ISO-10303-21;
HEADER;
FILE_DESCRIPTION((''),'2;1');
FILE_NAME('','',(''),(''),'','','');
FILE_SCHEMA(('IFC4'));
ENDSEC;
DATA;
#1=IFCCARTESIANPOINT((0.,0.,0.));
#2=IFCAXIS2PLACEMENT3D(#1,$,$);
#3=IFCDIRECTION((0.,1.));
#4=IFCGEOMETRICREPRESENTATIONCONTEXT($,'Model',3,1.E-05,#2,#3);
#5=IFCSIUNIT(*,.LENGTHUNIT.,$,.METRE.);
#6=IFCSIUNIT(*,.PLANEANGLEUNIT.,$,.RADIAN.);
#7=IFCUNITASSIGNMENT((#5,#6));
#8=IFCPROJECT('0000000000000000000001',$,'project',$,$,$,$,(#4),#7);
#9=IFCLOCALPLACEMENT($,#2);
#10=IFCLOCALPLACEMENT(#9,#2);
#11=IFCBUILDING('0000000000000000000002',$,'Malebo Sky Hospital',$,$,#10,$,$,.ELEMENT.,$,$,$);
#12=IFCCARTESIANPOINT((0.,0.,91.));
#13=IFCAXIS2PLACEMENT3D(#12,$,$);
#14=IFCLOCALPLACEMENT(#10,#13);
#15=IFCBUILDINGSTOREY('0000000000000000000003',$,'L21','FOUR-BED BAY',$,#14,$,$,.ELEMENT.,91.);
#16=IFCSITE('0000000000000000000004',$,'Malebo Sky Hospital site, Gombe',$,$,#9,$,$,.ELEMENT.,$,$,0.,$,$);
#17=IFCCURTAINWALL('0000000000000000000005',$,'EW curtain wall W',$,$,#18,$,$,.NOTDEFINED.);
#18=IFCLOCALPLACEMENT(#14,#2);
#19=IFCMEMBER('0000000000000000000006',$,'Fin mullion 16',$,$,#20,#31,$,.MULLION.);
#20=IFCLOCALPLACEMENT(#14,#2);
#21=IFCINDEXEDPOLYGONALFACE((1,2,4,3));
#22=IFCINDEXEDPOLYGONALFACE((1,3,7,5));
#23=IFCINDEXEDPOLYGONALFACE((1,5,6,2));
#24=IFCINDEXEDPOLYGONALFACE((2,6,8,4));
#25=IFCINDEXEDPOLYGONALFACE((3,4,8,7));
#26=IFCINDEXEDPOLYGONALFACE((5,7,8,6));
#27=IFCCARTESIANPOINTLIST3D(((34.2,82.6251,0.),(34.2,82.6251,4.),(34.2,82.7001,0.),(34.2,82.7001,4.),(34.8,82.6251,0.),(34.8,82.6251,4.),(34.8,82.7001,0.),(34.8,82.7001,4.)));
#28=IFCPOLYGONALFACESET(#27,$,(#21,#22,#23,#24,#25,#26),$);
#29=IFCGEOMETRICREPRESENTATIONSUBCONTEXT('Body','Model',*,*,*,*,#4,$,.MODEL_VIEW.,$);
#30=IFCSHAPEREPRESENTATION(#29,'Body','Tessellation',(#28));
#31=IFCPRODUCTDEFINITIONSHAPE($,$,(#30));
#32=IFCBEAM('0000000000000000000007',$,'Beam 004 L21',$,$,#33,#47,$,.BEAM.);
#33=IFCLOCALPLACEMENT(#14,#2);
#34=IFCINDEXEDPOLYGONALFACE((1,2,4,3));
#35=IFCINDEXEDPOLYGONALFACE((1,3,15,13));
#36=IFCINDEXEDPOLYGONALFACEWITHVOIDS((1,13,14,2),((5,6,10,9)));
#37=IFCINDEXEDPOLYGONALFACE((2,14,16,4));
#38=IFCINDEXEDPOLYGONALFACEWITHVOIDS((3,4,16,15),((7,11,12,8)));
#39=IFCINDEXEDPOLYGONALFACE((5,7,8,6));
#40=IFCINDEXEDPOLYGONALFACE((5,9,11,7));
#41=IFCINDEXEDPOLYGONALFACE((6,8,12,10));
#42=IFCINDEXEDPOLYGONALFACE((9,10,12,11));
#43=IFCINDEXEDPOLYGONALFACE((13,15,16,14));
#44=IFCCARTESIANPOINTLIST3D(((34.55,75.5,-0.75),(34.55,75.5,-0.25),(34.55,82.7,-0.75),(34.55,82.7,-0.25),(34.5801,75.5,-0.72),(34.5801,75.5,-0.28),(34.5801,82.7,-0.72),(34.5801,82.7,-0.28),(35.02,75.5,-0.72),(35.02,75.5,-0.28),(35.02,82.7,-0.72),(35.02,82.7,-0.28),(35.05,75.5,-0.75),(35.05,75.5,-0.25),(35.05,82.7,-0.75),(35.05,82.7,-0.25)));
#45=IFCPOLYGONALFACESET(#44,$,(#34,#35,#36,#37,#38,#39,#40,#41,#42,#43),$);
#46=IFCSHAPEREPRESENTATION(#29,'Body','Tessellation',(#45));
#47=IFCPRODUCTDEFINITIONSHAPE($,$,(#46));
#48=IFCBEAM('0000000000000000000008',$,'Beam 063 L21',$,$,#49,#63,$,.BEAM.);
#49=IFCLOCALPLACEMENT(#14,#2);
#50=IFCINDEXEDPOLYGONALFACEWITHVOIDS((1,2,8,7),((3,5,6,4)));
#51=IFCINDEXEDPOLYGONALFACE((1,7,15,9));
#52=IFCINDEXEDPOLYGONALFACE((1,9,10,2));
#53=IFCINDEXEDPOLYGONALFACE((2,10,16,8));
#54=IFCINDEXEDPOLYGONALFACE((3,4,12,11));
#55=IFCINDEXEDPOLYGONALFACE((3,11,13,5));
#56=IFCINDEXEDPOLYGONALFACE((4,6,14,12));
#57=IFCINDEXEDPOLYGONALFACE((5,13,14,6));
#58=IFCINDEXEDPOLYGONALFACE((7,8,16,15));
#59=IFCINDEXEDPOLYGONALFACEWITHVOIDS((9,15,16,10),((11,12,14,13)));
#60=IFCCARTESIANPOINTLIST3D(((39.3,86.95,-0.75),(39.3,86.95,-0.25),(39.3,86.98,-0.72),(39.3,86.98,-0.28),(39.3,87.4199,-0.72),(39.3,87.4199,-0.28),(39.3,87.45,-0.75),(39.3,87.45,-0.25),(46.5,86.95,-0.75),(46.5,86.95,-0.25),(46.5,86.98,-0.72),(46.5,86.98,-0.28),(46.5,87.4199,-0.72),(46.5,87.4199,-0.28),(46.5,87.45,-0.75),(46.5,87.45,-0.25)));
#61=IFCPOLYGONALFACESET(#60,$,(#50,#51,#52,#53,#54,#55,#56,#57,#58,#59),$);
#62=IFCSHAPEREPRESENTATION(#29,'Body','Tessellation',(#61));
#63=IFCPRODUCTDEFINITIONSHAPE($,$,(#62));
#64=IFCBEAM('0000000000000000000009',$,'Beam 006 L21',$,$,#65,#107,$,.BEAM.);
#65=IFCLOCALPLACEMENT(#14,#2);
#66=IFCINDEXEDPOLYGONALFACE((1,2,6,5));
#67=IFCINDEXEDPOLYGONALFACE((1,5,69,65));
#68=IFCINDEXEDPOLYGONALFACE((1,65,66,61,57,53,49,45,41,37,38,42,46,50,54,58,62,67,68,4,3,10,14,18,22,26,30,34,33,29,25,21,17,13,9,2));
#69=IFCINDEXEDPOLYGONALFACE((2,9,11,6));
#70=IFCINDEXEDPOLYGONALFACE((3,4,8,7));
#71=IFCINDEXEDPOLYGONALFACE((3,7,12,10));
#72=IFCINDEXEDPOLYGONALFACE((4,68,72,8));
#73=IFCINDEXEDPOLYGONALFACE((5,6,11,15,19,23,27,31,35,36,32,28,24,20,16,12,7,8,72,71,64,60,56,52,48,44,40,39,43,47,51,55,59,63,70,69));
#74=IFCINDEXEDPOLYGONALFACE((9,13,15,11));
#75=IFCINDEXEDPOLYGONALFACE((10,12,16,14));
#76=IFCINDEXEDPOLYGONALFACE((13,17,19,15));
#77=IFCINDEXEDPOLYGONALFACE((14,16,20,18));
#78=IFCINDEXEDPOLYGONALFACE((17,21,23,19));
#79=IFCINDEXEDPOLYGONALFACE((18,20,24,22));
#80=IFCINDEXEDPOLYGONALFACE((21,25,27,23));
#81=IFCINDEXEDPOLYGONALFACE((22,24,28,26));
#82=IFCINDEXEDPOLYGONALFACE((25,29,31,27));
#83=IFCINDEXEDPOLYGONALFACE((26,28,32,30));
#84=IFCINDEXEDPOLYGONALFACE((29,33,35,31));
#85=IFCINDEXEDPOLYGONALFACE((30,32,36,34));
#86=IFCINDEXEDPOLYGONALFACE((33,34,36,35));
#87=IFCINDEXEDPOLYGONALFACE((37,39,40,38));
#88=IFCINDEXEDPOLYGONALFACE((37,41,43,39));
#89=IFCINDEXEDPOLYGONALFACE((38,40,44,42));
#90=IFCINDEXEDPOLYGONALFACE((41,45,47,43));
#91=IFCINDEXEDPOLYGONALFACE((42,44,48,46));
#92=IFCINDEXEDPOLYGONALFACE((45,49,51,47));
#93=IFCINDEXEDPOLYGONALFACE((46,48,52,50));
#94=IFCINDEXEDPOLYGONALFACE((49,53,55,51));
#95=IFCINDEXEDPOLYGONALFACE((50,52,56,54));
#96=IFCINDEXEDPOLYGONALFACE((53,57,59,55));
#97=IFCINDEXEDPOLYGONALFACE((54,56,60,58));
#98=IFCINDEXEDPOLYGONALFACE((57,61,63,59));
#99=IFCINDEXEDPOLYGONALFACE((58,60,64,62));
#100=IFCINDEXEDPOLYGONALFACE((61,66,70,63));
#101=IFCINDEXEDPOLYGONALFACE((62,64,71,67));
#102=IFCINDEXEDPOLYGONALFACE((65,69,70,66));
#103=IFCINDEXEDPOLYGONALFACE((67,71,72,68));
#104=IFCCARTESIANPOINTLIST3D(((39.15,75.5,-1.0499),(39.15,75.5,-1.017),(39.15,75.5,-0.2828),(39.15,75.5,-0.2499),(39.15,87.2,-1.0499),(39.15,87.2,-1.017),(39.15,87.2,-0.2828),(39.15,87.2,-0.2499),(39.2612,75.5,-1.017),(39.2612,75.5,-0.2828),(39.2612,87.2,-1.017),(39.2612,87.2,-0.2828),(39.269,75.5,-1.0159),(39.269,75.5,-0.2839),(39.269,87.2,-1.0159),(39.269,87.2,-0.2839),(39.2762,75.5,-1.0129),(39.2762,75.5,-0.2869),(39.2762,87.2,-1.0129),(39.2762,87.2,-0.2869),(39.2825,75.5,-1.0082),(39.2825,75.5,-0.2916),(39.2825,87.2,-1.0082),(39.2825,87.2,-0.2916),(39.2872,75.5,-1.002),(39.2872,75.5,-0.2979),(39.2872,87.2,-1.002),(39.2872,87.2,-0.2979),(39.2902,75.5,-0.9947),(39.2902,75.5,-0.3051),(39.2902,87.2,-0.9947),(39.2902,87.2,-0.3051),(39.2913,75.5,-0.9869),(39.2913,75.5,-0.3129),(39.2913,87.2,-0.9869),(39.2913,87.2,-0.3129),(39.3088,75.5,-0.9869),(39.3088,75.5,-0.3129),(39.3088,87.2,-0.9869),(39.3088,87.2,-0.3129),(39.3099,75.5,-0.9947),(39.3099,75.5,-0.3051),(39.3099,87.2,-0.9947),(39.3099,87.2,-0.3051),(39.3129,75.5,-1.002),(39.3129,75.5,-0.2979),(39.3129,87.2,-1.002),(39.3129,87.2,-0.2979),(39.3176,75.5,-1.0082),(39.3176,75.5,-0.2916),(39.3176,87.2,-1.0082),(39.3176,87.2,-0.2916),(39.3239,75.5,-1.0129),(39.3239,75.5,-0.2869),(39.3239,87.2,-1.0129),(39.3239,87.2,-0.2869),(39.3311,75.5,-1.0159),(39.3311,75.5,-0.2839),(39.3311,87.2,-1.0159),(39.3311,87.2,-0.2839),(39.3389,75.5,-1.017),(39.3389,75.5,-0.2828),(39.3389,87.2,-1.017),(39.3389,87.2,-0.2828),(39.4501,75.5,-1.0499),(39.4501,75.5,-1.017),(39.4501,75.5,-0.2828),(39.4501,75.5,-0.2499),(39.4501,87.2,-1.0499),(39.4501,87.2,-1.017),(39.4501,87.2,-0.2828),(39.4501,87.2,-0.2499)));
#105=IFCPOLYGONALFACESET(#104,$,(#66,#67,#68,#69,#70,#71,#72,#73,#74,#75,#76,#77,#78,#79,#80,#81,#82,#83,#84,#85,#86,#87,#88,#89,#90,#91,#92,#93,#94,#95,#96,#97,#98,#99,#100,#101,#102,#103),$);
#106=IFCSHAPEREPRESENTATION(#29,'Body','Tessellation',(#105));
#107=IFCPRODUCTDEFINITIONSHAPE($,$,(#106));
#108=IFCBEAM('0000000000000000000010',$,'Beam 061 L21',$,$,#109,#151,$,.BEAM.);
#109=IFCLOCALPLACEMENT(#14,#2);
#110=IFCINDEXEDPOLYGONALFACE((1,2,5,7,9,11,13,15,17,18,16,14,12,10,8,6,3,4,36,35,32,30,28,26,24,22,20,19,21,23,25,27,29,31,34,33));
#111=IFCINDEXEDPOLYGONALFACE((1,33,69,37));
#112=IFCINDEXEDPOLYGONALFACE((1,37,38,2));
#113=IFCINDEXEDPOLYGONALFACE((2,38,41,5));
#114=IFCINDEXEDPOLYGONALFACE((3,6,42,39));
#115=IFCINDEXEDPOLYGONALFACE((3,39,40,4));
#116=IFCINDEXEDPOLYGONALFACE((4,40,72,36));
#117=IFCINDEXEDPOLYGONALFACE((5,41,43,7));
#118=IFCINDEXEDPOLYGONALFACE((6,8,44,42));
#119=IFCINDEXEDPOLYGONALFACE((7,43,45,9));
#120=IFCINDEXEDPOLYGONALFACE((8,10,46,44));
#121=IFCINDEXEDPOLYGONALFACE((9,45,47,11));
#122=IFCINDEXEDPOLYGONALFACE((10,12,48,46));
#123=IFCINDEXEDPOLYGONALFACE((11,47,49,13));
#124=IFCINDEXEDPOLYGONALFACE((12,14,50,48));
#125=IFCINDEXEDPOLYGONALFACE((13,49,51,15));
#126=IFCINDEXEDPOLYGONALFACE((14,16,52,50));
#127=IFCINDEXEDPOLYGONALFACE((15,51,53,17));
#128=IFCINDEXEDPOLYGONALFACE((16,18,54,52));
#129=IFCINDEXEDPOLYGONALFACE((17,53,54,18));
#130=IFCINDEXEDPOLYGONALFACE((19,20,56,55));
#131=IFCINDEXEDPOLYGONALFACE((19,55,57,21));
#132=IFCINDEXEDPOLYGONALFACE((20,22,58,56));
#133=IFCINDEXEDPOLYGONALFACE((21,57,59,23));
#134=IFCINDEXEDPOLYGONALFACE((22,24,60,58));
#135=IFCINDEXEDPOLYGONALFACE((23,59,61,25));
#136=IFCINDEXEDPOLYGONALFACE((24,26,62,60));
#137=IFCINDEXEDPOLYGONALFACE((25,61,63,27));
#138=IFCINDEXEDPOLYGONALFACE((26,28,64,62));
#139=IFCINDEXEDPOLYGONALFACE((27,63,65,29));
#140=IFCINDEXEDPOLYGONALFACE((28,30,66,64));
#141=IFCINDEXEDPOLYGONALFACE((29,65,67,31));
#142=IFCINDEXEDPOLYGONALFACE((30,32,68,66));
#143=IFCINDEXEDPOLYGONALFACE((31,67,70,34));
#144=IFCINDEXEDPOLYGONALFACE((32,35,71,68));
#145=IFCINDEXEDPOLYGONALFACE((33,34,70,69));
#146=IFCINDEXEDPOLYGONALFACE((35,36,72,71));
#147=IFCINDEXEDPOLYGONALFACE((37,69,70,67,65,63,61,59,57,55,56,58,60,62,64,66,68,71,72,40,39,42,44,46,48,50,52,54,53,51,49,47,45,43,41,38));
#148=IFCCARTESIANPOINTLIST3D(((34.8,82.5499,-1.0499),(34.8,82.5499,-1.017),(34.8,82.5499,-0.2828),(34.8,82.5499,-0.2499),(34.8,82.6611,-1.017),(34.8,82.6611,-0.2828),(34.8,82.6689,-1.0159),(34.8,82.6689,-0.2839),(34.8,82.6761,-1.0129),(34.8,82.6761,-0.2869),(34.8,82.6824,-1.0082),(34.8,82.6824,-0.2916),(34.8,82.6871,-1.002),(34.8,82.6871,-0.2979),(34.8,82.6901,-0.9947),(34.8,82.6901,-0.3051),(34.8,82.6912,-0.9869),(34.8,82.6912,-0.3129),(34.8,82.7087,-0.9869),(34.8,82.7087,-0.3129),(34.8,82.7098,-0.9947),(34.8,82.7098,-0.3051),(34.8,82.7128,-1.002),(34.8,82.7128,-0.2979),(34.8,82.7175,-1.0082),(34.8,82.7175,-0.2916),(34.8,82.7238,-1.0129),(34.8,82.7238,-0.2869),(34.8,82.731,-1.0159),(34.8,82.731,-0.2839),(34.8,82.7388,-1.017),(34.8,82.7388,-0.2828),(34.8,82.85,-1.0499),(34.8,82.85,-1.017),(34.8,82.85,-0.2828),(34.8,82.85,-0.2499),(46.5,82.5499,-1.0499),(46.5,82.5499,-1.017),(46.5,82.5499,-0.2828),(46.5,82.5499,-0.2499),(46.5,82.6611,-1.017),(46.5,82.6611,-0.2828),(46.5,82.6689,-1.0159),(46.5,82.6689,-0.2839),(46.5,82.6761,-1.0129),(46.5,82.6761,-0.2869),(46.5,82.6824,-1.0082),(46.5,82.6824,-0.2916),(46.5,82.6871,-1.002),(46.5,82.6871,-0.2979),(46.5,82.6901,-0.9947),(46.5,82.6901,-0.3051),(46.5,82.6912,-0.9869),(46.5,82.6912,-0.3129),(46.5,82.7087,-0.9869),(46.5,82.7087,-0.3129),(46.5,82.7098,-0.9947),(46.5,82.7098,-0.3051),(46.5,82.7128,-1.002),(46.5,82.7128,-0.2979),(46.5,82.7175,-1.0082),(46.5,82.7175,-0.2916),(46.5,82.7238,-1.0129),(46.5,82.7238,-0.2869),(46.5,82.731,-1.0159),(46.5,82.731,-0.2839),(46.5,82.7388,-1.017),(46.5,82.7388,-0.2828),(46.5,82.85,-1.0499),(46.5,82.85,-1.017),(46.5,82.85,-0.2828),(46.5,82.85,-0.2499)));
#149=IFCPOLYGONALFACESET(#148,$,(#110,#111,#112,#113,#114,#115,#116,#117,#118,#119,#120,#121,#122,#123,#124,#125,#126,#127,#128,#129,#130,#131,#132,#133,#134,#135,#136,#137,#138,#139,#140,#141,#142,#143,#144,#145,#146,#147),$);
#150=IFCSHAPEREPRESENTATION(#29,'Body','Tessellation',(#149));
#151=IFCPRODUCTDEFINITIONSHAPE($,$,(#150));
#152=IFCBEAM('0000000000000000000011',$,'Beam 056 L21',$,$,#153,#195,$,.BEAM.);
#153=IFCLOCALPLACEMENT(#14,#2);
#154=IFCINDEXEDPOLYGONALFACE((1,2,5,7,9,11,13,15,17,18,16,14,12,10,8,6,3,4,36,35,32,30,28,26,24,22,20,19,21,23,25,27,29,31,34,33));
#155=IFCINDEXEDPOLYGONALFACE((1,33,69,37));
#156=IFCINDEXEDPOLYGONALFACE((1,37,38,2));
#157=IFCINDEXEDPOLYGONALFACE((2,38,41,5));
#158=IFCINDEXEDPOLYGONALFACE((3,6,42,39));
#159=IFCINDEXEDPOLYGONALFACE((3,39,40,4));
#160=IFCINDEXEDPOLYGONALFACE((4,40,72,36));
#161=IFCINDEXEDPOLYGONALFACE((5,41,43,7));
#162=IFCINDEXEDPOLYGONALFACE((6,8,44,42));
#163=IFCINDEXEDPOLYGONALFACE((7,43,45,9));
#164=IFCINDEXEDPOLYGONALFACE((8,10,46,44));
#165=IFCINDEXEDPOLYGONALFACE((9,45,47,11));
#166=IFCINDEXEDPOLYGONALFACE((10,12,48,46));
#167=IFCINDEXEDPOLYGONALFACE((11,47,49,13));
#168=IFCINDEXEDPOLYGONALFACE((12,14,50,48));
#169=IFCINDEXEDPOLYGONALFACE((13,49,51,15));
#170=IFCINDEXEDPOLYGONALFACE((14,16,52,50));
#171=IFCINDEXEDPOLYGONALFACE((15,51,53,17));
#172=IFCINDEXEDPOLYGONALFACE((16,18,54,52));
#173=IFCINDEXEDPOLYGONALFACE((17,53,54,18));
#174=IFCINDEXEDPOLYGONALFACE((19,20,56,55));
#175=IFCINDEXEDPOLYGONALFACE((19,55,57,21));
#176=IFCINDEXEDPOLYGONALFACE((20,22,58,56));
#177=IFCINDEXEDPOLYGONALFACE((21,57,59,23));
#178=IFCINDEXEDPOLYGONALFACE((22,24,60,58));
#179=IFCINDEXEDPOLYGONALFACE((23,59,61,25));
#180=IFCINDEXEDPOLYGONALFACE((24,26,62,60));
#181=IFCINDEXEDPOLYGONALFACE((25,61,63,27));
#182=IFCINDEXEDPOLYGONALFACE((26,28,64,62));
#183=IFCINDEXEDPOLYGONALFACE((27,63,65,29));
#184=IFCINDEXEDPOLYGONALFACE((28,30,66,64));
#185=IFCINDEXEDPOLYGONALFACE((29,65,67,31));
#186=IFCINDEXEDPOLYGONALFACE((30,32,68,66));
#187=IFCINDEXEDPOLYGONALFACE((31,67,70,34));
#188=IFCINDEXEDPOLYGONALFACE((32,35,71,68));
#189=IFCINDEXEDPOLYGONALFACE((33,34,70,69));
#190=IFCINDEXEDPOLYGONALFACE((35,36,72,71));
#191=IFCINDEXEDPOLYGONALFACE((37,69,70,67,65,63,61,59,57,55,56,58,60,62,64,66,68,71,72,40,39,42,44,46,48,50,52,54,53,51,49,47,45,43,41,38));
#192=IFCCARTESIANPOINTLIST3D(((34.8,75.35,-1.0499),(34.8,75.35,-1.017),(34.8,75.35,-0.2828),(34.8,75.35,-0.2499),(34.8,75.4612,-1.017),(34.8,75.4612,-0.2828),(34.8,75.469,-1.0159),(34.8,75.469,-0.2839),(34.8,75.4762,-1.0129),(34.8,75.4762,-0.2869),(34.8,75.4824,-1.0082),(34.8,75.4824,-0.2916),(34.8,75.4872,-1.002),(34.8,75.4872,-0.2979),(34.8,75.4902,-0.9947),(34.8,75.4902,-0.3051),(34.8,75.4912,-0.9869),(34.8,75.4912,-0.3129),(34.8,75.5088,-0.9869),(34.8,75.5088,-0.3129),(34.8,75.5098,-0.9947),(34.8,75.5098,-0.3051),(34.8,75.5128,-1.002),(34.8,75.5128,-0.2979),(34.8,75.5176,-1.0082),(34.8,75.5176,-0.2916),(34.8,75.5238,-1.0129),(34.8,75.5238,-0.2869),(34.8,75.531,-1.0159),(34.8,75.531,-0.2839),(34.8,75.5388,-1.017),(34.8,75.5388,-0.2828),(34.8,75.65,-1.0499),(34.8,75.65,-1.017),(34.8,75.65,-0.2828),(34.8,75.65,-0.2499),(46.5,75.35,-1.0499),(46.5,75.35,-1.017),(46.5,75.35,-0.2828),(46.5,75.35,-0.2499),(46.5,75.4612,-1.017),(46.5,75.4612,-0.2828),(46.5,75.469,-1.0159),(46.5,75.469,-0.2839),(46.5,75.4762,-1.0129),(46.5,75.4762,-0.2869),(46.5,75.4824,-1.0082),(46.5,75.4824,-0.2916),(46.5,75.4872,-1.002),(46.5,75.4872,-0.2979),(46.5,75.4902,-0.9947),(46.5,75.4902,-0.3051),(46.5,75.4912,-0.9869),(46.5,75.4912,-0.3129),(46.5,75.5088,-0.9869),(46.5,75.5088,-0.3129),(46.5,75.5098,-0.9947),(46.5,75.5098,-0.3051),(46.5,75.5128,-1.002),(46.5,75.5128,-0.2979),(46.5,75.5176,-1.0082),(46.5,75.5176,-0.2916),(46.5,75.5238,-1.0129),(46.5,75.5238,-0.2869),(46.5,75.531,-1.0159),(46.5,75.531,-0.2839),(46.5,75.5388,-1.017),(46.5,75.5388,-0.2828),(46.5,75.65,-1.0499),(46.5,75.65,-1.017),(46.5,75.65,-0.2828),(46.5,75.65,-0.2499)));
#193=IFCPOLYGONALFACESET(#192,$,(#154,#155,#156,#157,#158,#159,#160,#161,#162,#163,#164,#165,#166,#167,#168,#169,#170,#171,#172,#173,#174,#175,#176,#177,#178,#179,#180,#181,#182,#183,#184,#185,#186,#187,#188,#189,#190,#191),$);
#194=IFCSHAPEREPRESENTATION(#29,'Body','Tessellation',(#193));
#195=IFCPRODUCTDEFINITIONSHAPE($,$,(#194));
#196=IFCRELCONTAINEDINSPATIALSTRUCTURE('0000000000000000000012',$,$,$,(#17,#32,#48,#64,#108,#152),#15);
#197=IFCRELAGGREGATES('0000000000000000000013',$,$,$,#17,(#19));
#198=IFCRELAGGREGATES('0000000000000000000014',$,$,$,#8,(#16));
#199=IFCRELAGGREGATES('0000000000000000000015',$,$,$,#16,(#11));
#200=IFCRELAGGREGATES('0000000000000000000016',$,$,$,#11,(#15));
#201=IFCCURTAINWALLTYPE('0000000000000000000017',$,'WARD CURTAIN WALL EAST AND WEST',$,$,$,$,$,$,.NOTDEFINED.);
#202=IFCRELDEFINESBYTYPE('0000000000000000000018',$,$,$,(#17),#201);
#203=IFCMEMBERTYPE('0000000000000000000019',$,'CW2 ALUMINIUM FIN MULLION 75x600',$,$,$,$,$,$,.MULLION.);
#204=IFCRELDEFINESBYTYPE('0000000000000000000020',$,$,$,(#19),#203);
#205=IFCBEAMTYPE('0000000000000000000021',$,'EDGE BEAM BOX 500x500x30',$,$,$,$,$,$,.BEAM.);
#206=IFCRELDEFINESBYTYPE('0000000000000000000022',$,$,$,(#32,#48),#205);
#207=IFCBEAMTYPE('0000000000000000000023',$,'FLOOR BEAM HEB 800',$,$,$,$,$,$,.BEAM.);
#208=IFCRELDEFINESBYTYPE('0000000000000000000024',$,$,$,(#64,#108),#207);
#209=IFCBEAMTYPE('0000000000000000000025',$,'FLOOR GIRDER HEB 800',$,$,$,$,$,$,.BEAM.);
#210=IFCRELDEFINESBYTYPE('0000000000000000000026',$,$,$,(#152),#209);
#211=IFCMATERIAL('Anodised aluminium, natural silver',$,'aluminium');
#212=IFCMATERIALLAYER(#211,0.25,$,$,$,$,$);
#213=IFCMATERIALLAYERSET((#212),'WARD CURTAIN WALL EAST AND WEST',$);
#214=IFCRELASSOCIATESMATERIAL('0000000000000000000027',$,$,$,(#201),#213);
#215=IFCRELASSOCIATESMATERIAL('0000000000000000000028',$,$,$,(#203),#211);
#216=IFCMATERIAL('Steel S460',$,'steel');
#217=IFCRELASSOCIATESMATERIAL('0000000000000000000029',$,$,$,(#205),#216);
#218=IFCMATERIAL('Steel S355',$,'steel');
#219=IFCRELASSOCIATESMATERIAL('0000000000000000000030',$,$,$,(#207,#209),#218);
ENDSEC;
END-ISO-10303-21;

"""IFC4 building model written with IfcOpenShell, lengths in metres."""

from ifc_helpers import new_model, si_unit, direction, frame, origin, origin_2d, place, context, subcontext, project, spatial, rectangle, hollow_rectangle, i_section, extrude, material, layer, layer_set, material_profile, profile_set, type_object, element, aggregate, save


model = new_model("IFC4")

# Units and contexts
model_context = context("Model", 3, precision=1e-05, world=origin(), true_north=direction((0.0, 1.0)))
body_context = subcontext(model_context, "Body", "Model", "MODEL_VIEW")
ifc_project = project(units=[si_unit("LENGTHUNIT", "METRE"), si_unit("PLANEANGLEUNIT", "RADIAN")], contexts=[model_context])

# Site, building, storey
site_placement = place(None, origin())
site = spatial("IfcSite", under=ifc_project, at=site_placement, Name="Malebo Sky Hospital site, Gombe", CompositionType="ELEMENT", RefElevation=0.0)
building_placement = place(site_placement, origin())
building = spatial("IfcBuilding", under=site, at=building_placement, Name="Malebo Sky Hospital", CompositionType="ELEMENT")
storey_placement = place(building_placement, frame((0.0, 0.0, 91.0)))
storey = spatial("IfcBuildingStorey", under=building, at=storey_placement, Name="L21", Description="FOUR-BED BAY", CompositionType="ELEMENT", Elevation=91.0)

# Shared definitions
ifc_material_1 = material(Name="Steel S460", Category="steel")

# Shared definitions
ifc_material_2 = material(Name="Anodised aluminium, natural silver", Category="aluminium")

# Curtain wall
ifc_layer_1 = layer(ifc_material_2, 0.25)
ifc_layer_set_1 = layer_set([ifc_layer_1], Name="WARD CURTAIN WALL EAST AND WEST")
curtain_wall_type_1 = type_object("IfcCurtainWallType", Name="WARD CURTAIN WALL EAST AND WEST", PredefinedType="NOTDEFINED", material=ifc_layer_set_1)
curtain_wall_1_placement = place(storey_placement, origin())
curtain_wall_1 = element("IfcCurtainWall", 1, at=curtain_wall_1_placement, inside=storey, type_object=curtain_wall_type_1, Name="EW curtain wall W", PredefinedType="NOTDEFINED")

# Shared definitions
ifc_material_3 = material(Name="Steel S355", Category="steel")

# Member
ifc_material_profile_1 = material_profile(ifc_material_2, rectangle(XDim=0.075, YDim=0.6001, at=origin_2d()), Name="CW2 ALUMINIUM FIN MULLION 75x600")
ifc_profile_set_1 = profile_set([ifc_material_profile_1], Name="Anodised aluminium, natural silver")
member_type_1 = type_object("IfcMemberType", Name="CW2 ALUMINIUM FIN MULLION 75x600", PredefinedType="MULLION", material=ifc_profile_set_1)
member_1_placement = place(storey_placement, frame((34.5, 82.6626, 0.0), z_axis=(0.0, 0.0, 1.0), x_axis=(0.0, 1.0, 0.0)))
member_1 = element("IfcMember", 2, at=member_1_placement, type_object=member_type_1, Name="Fin mullion 16", PredefinedType="MULLION", context=body_context, shape_type="SweptSolid", body=[
    extrude(rectangle(XDim=0.075, YDim=0.6001, at=origin_2d()), origin(), (0.0, 0.0, 1.0), 4.0),
])

# Beams
ifc_material_profile_2 = material_profile(ifc_material_1, hollow_rectangle(XDim=0.5, YDim=0.5, WallThickness=0.03, at=origin_2d()), Name="BOX 500x500x30")
ifc_profile_set_2 = profile_set([ifc_material_profile_2], Name="Steel S460")
beam_type_1 = type_object("IfcBeamType", Name="EDGE BEAM BOX 500x500x30", PredefinedType="BEAM", material=ifc_profile_set_2)
for number, where, z_axis, x_axis, name in (
    (3, (34.8, 75.5, -0.5), (0.0, 1.0, 0.0), (-1.0, 0.0, 0.0), "Beam 004 L21"),
    (4, (39.3, 87.2, -0.5), (1.0, 0.0, 0.0), (0.0, 1.0, 0.0), "Beam 063 L21"),
):
    element("IfcBeam", number, at=place(storey_placement, frame(where, z_axis=z_axis, x_axis=x_axis)), inside=storey, type_object=beam_type_1, Name=name, PredefinedType="BEAM", context=body_context, shape_type="SweptSolid", body=[
        extrude(hollow_rectangle(XDim=0.5, YDim=0.5, WallThickness=0.03, at=origin_2d()), origin(), (0.0, 0.0, 1.0), 7.2),
    ])
ifc_material_profile_3 = material_profile(ifc_material_3, i_section(OverallWidth=0.3, OverallDepth=0.8, WebThickness=0.0176, FlangeThickness=0.033, FilletRadius=0.03, at=origin_2d()), Name="HEB 800")
ifc_profile_set_3 = profile_set([ifc_material_profile_3], Name="Steel S355")
beam_type_2 = type_object("IfcBeamType", Name="FLOOR BEAM HEB 800", PredefinedType="BEAM", material=ifc_profile_set_3)
for number, where, z_axis, x_axis, name in (
    (5, (39.3, 75.5, -0.6499), (0.0, 1.0, 0.0), (-1.0, 0.0, 0.0), "Beam 006 L21"),
    (6, (34.8, 82.7, -0.6499), (1.0, 0.0, 0.0), (0.0, 1.0, 0.0), "Beam 061 L21"),
):
    element("IfcBeam", number, at=place(storey_placement, frame(where, z_axis=z_axis, x_axis=x_axis)), inside=storey, type_object=beam_type_2, Name=name, PredefinedType="BEAM", context=body_context, shape_type="SweptSolid", body=[
        extrude(i_section(OverallWidth=0.3, OverallDepth=0.8, WebThickness=0.0176, FlangeThickness=0.033, FilletRadius=0.03, at=origin_2d()), origin(), (0.0, 0.0, 1.0), 11.7),
    ])
ifc_material_profile_4 = material_profile(ifc_material_3, i_section(OverallWidth=0.3, OverallDepth=0.8, WebThickness=0.0176, FlangeThickness=0.033, FilletRadius=0.03, at=origin_2d()), Name="HEB 800")
ifc_profile_set_4 = profile_set([ifc_material_profile_4], Name="Steel S355")
beam_type_3 = type_object("IfcBeamType", Name="FLOOR GIRDER HEB 800", PredefinedType="BEAM", material=ifc_profile_set_4)
beam_placement = place(storey_placement, frame((34.8, 75.5, -0.6499), z_axis=(1.0, 0.0, 0.0), x_axis=(0.0, 1.0, 0.0)))
element("IfcBeam", 7, at=beam_placement, inside=storey, type_object=beam_type_3, Name="Beam 056 L21", PredefinedType="BEAM", context=body_context, shape_type="SweptSolid", body=[
    extrude(i_section(OverallWidth=0.3, OverallDepth=0.8, WebThickness=0.0176, FlangeThickness=0.033, FilletRadius=0.03, at=origin_2d()), origin(), (0.0, 0.0, 1.0), 11.7),
])

aggregate(curtain_wall_1, [member_1])

save(model, "model.ifc")
